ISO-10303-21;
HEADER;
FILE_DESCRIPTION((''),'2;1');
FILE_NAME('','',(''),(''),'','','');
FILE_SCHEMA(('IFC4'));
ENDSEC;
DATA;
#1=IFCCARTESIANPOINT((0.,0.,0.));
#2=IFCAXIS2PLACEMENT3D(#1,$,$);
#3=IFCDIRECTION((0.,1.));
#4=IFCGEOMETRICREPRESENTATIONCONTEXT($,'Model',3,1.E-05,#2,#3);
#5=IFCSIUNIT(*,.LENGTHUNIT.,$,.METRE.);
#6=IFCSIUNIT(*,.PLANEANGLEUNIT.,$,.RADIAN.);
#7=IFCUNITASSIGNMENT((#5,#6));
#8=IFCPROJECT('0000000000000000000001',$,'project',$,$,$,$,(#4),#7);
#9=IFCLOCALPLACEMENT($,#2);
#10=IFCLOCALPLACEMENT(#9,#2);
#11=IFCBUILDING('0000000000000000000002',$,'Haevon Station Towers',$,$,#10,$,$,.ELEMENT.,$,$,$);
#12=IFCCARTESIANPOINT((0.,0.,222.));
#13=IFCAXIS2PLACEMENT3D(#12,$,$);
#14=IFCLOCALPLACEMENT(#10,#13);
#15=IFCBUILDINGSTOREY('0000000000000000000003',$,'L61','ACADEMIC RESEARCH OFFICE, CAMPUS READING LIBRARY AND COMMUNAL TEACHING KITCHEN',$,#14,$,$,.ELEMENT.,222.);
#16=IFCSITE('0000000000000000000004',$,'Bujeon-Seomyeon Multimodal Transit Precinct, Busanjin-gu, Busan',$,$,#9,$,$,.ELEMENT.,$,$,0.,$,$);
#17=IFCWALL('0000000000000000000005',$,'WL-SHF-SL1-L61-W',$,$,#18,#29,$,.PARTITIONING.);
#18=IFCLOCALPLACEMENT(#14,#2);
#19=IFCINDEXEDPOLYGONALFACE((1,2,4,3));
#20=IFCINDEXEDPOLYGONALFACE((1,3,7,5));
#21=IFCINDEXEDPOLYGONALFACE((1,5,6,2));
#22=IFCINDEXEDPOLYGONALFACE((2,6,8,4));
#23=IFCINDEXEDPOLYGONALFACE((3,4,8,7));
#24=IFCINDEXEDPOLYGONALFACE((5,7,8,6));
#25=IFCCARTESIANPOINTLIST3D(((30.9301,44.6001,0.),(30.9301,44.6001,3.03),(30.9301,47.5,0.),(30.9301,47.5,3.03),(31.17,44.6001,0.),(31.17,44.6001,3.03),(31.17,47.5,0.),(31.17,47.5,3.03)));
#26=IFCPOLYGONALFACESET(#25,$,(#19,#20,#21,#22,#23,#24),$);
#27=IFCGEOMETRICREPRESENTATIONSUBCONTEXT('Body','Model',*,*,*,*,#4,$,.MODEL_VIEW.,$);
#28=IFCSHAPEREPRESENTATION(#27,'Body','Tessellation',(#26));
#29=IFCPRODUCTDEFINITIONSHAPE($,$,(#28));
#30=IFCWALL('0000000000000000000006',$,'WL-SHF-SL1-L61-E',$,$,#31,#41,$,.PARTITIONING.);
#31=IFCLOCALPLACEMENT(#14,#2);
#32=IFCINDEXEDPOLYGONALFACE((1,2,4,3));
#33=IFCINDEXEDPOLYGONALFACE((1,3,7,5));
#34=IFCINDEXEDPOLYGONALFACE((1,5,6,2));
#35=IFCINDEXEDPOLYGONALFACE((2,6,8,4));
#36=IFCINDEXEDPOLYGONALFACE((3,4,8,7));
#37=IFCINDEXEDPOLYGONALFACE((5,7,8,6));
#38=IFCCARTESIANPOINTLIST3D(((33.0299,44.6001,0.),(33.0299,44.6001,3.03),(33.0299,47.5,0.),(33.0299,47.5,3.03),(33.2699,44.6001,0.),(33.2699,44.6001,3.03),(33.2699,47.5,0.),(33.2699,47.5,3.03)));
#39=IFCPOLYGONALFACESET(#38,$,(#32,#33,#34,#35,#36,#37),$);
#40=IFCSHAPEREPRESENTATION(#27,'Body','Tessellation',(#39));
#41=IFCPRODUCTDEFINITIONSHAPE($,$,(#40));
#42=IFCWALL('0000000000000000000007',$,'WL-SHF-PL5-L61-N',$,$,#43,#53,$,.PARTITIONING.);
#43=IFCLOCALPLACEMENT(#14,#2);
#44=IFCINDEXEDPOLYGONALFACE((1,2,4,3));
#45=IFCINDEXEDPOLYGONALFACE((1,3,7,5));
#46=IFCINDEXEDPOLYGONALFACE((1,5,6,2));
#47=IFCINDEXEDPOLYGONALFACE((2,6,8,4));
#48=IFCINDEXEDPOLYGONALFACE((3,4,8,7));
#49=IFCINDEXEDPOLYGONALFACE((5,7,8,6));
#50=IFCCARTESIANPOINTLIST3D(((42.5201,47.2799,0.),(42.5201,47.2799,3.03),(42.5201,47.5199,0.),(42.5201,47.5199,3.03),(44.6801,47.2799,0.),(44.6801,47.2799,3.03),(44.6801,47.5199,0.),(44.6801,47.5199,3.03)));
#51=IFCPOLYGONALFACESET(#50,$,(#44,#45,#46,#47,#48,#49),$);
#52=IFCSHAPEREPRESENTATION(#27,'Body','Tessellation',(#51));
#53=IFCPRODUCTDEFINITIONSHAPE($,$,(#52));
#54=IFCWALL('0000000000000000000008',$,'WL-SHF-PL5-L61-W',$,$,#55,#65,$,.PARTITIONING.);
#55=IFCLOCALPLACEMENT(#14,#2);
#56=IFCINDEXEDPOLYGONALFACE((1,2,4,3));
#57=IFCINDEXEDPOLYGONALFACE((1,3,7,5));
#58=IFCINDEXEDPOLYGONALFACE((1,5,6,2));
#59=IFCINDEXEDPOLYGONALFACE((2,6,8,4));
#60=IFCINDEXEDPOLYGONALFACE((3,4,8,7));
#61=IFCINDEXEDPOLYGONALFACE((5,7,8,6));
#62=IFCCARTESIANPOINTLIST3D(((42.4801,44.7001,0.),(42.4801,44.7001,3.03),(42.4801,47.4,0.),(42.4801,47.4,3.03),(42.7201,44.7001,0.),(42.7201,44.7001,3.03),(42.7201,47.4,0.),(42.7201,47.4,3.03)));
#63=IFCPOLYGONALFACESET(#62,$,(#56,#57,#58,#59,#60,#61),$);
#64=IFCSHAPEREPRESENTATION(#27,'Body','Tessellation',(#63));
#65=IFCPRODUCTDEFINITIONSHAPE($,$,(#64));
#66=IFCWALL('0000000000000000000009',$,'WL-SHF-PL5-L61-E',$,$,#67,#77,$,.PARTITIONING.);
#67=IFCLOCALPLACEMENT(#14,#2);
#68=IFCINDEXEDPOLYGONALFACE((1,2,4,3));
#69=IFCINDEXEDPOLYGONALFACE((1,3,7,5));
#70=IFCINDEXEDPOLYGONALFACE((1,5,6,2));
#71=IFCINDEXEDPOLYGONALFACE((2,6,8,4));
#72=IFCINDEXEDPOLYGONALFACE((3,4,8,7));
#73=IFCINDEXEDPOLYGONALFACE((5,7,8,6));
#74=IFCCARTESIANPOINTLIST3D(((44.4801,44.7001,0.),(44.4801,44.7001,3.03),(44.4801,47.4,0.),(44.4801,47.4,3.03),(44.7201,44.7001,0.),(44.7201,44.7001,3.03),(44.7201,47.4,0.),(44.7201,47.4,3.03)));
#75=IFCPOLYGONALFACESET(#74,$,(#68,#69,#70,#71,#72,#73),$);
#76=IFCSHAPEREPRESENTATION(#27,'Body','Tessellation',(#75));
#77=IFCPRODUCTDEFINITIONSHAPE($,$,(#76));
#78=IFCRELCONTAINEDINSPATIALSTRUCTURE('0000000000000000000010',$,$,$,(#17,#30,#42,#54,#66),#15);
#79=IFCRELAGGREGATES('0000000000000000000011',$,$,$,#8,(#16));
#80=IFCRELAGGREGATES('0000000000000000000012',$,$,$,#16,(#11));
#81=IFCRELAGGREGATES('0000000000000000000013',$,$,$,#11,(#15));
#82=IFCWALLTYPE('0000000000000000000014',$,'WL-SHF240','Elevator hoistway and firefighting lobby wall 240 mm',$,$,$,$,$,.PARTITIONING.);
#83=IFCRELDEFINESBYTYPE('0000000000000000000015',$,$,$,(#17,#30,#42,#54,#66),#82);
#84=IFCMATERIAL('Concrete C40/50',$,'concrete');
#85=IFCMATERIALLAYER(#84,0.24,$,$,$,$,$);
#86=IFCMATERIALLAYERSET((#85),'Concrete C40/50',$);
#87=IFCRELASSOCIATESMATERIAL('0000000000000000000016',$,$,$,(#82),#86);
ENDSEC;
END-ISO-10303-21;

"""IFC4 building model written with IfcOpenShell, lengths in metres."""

from ifc_helpers import new_model, si_unit, direction, frame, frame_2d, origin, place, context, subcontext, project, spatial, rectangle, extrude, material, layer, layer_set, type_object, element, save


model = new_model("IFC4")

# Units and contexts
model_context = context("Model", 3, precision=1e-05, world=origin(), true_north=direction((0.0, 1.0)))
body_context = subcontext(model_context, "Body", "Model", "MODEL_VIEW")
ifc_project = project(units=[si_unit("LENGTHUNIT", "METRE"), si_unit("PLANEANGLEUNIT", "RADIAN")], contexts=[model_context])

# Site, building, storey
site_placement = place(None, origin())
site = spatial("IfcSite", under=ifc_project, at=site_placement, Name="Bujeon-Seomyeon Multimodal Transit Precinct, Busanjin-gu, Busan", CompositionType="ELEMENT", RefElevation=0.0)
building_placement = place(site_placement, origin())
building = spatial("IfcBuilding", under=site, at=building_placement, Name="Haevon Station Towers", CompositionType="ELEMENT")
storey_placement = place(building_placement, frame((0.0, 0.0, 222.0)))
storey = spatial("IfcBuildingStorey", under=building, at=storey_placement, Name="L61", Description="ACADEMIC RESEARCH OFFICE, CAMPUS READING LIBRARY AND COMMUNAL TEACHING KITCHEN", CompositionType="ELEMENT", Elevation=222.0)

# Shared definitions
ifc_material_1 = material(Name="Concrete C40/50", Category="concrete")
ifc_layer_1 = layer(ifc_material_1, 0.24)
ifc_layer_set_1 = layer_set([ifc_layer_1], Name="Concrete C40/50")
wall_type_1 = type_object("IfcWallType", Name="WL-SHF240", Description="Elevator hoistway and firefighting lobby wall 240 mm", PredefinedType="PARTITIONING", material=ifc_layer_set_1)

# Walls
for number, where, z_axis, x_axis, name in (
    (1, (31.05, 44.6001, 0.0), (0.0, 0.0, 1.0), (0.0, 1.0, 0.0), "WL-SHF-SL1-L61-W"),
    (2, (33.1499, 44.6001, 0.0), (0.0, 0.0, 1.0), (0.0, 1.0, 0.0), "WL-SHF-SL1-L61-E"),
):
    element("IfcWall", number, at=place(storey_placement, frame(where, z_axis=z_axis, x_axis=x_axis)), inside=storey, type_object=wall_type_1, Name=name, PredefinedType="PARTITIONING", context=body_context, shape_type="SweptSolid", body=[
        extrude(rectangle(XDim=2.8999, YDim=0.24, at=frame_2d((1.45, 0.0))), origin(), (0.0, 0.0, 1.0), 3.03),
    ])

# Walls
wall_1_placement = place(storey_placement, frame((42.52, 47.3999, 0.0), z_axis=(0.0, 0.0, 1.0), x_axis=(1.0, 0.0, 0.0)))
element("IfcWall", 3, at=wall_1_placement, inside=storey, type_object=wall_type_1, Name="WL-SHF-PL5-L61-N", PredefinedType="PARTITIONING", context=body_context, shape_type="SweptSolid", body=[
    extrude(rectangle(XDim=2.1599, YDim=0.24, at=frame_2d((1.0801, 0.0))), origin(), (0.0, 0.0, 1.0), 3.03),
])
for number, where, z_axis, x_axis, name in (
    (4, (42.6001, 44.7, 0.0), (0.0, 0.0, 1.0), (0.0, 1.0, 0.0), "WL-SHF-PL5-L61-W"),
    (5, (44.6001, 44.7, 0.0), (0.0, 0.0, 1.0), (0.0, 1.0, 0.0), "WL-SHF-PL5-L61-E"),
):
    element("IfcWall", number, at=place(storey_placement, frame(where, z_axis=z_axis, x_axis=x_axis)), inside=storey, type_object=wall_type_1, Name=name, PredefinedType="PARTITIONING", context=body_context, shape_type="SweptSolid", body=[
        extrude(rectangle(XDim=2.7, YDim=0.24, at=frame_2d((1.3501, 0.0))), origin(), (0.0, 0.0, 1.0), 3.03),
    ])

save(model, "model.ifc")
